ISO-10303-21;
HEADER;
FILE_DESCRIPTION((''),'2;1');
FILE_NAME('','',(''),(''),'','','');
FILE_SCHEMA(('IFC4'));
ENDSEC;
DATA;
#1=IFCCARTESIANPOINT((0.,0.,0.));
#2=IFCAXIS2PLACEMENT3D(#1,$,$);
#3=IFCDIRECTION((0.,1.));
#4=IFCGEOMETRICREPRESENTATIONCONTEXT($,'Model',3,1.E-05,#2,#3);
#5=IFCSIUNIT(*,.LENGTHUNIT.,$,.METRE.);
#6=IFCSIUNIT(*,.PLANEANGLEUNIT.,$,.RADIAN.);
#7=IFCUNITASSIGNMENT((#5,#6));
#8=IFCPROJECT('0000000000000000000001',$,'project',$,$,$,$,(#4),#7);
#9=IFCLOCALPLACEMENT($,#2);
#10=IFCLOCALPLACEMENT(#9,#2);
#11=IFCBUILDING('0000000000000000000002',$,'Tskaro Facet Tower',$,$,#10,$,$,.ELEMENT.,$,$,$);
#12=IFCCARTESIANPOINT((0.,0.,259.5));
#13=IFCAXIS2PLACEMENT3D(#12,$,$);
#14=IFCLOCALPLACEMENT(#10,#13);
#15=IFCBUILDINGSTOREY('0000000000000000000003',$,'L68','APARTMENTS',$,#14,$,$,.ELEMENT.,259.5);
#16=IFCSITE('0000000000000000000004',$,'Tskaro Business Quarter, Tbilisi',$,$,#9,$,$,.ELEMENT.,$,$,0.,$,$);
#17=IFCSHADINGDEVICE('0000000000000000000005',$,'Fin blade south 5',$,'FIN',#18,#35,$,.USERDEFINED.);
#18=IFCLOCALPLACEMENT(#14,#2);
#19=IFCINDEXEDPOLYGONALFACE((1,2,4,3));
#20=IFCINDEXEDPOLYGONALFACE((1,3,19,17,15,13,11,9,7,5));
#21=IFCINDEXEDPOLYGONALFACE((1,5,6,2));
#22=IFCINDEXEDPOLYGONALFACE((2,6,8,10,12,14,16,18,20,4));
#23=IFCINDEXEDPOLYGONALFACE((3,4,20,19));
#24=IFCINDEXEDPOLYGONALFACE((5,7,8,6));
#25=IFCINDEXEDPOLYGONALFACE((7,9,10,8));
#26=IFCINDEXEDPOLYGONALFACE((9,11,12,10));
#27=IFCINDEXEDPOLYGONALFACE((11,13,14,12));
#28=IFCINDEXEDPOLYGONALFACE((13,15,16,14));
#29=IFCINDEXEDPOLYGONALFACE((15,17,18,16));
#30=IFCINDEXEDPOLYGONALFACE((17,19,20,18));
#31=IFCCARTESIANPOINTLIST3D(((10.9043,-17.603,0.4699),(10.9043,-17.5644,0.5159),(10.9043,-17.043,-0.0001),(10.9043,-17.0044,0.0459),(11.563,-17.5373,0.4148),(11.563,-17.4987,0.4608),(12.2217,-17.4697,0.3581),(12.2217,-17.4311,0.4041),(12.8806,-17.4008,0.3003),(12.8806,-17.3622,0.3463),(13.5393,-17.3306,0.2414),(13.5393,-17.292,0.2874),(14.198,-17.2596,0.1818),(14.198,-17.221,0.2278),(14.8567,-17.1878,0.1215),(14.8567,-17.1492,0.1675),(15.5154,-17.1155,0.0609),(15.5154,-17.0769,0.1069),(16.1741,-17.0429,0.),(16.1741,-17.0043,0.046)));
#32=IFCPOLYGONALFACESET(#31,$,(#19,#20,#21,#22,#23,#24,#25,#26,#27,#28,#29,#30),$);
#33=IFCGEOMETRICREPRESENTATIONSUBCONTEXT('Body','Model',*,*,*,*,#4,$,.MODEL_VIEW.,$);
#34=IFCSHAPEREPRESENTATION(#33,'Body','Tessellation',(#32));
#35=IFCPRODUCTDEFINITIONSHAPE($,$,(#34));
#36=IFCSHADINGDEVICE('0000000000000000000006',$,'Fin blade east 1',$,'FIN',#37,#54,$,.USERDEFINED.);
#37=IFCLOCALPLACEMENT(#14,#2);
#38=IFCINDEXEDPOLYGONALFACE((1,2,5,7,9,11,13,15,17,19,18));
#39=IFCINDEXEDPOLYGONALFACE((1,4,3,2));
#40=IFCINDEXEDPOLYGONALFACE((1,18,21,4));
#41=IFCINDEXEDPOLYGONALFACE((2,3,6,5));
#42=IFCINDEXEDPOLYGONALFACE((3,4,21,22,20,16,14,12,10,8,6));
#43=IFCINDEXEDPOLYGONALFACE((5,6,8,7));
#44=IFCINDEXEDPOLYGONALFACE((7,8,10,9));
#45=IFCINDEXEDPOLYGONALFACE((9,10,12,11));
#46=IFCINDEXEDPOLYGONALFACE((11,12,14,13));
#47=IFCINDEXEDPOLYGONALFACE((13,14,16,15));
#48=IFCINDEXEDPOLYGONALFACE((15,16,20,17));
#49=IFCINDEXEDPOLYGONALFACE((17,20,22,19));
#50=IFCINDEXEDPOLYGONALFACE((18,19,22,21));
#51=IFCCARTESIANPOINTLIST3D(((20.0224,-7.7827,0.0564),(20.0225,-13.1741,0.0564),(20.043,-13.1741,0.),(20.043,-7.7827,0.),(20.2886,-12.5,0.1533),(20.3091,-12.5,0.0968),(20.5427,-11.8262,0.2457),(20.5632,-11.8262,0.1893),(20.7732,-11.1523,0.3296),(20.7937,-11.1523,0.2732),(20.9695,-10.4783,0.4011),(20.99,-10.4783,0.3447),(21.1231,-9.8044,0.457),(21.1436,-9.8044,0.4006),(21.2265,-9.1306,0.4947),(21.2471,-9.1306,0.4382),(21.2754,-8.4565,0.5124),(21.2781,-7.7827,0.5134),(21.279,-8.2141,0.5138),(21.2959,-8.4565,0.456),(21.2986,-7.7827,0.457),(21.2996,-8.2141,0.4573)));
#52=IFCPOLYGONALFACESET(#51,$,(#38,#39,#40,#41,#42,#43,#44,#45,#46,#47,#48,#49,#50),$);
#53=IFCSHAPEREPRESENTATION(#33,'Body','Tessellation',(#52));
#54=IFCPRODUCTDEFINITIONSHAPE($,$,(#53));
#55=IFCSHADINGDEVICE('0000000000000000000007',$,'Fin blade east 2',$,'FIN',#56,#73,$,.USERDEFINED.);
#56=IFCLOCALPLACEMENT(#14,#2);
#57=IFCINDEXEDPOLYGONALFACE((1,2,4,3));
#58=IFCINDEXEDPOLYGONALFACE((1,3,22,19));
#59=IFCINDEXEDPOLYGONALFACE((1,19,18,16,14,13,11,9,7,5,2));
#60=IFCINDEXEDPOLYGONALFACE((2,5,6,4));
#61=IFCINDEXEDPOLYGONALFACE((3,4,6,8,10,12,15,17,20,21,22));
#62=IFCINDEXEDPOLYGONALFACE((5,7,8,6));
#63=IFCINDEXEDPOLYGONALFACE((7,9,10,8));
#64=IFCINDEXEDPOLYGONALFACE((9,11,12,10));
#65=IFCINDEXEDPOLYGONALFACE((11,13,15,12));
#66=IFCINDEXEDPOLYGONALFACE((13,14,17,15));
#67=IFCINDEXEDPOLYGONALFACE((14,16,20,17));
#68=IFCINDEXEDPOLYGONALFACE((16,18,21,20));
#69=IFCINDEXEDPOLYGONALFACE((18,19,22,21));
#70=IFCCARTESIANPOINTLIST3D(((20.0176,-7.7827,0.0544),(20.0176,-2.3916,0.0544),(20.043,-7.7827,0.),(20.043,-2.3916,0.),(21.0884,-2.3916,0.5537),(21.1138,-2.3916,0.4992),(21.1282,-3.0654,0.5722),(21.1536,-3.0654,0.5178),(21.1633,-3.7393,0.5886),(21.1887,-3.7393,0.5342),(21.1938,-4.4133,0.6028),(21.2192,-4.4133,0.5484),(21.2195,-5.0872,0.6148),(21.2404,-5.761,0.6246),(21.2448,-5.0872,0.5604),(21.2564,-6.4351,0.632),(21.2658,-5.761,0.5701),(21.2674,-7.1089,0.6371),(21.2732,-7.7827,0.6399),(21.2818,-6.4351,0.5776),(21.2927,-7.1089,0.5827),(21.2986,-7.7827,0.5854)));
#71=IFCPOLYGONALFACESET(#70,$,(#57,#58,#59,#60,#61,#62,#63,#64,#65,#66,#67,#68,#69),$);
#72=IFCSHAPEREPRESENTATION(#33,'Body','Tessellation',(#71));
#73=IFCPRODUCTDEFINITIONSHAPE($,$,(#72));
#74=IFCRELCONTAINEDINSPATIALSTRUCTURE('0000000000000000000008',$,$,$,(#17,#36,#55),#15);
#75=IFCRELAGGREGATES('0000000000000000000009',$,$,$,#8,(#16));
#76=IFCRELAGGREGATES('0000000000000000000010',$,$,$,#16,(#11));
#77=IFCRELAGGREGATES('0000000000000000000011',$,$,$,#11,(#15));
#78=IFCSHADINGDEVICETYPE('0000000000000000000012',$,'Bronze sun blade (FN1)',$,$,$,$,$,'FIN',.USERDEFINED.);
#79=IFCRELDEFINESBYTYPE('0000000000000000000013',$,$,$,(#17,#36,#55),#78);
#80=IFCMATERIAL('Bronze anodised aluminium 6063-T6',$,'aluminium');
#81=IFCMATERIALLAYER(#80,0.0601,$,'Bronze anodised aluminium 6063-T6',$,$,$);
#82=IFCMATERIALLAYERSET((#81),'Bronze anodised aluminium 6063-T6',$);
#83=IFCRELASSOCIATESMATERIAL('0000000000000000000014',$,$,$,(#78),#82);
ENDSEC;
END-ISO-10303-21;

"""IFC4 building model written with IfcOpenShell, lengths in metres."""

from ifc_helpers import new_model, si_unit, direction, frame, origin, place, context, subcontext, project, spatial, polyline, outline, extrude, material, layer, layer_set, type_object, element, save


model = new_model("IFC4")

# Units and contexts
model_context = context("Model", 3, precision=1e-05, world=origin(), true_north=direction((0.0, 1.0)))
body_context = subcontext(model_context, "Body", "Model", "MODEL_VIEW")
ifc_project = project(units=[si_unit("LENGTHUNIT", "METRE"), si_unit("PLANEANGLEUNIT", "RADIAN")], contexts=[model_context])

# Site, building, storey
site_placement = place(None, origin())
site = spatial("IfcSite", under=ifc_project, at=site_placement, Name="Tskaro Business Quarter, Tbilisi", CompositionType="ELEMENT", RefElevation=0.0)
building_placement = place(site_placement, origin())
building = spatial("IfcBuilding", under=site, at=building_placement, Name="Tskaro Facet Tower", CompositionType="ELEMENT")
storey_placement = place(building_placement, frame((0.0, 0.0, 259.5)))
storey = spatial("IfcBuildingStorey", under=building, at=storey_placement, Name="L68", Description="APARTMENTS", CompositionType="ELEMENT", Elevation=259.5)

# Shared definitions
ifc_material_1 = material(Name="Bronze anodised aluminium 6063-T6", Category="aluminium")

# Shading devices
ifc_layer_1 = layer(ifc_material_1, 0.0601, Name="Bronze anodised aluminium 6063-T6")
ifc_layer_set_1 = layer_set([ifc_layer_1], Name="Bronze anodised aluminium 6063-T6")
shading_device_type = type_object("IfcShadingDeviceType", Name="Bronze sun blade (FN1)", ElementType="FIN", PredefinedType="USERDEFINED", material=ifc_layer_set_1)
shading_device_1_placement = place(storey_placement, frame((10.9043, -17.0044, 0.0459), z_axis=(-0.000018, 0.642906, 0.765945), x_axis=(1.0, 0.000012, 0.000014)))
element("IfcShadingDevice", 1, at=shading_device_1_placement, inside=storey, type_object=shading_device_type, Name="Fin blade south 5", ObjectType="FIN", PredefinedType="USERDEFINED", context=body_context, shape_type="SweptSolid", body=[
    extrude(outline(polyline([(0.0, 0.0), (5.2698, 0.0), (4.6111, -0.0948), (3.9524, -0.1891), (3.2937, -0.2828), (2.635, -0.3755), (1.9763, -0.4672), (1.3174, -0.5571), (0.6587, -0.6453), (0.0, -0.7311), (0.0, 0.0)])), origin(), (0.0, 0.0, -1.0), 0.0601),
])
shading_device_2_placement = place(storey_placement, frame((20.0225, -13.1741, 0.0564), z_axis=(-0.34201, -0.000007, 0.939696), x_axis=(-0.000002, 1.0, 0.000007)))
element("IfcShadingDevice", 2, at=shading_device_2_placement, inside=storey, type_object=shading_device_type, Name="Fin blade east 1", ObjectType="FIN", PredefinedType="USERDEFINED", context=body_context, shape_type="SweptSolid", body=[
    extrude(outline(polyline([(0.0, 0.0), (5.3914, 0.0), (5.3914, -1.3362), (4.96, -1.3372), (4.7175, -1.3333), (4.0435, -1.2814), (3.3696, -1.1712), (2.6958, -1.0078), (2.0217, -0.7989), (1.3479, -0.5536), (0.6741, -0.2832), (0.0, 0.0)])), origin(), (0.0, 0.0, -1.0), 0.0601),
])
shading_device_3_placement = place(storey_placement, frame((20.0176, -7.7827, 0.0544), z_axis=(-0.422562, 0.000002, 0.906334), x_axis=(0.000001, 1.0, -0.000002)))
element("IfcShadingDevice", 3, at=shading_device_3_placement, inside=storey, type_object=shading_device_type, Name="Fin blade east 2", ObjectType="FIN", PredefinedType="USERDEFINED", context=body_context, shape_type="SweptSolid", body=[
    extrude(outline(polyline([(0.0, 0.0), (5.3911, 0.0), (5.3911, -1.1815), (4.7173, -1.2254), (4.0435, -1.2642), (3.3694, -1.2978), (2.6956, -1.3261), (2.0217, -1.3492), (1.3477, -1.3668), (0.6738, -1.379), (0.0, -1.3854), (0.0, 0.0)])), origin(), (0.0, 0.0, -1.0), 0.0601),
])

save(model, "model.ifc")
